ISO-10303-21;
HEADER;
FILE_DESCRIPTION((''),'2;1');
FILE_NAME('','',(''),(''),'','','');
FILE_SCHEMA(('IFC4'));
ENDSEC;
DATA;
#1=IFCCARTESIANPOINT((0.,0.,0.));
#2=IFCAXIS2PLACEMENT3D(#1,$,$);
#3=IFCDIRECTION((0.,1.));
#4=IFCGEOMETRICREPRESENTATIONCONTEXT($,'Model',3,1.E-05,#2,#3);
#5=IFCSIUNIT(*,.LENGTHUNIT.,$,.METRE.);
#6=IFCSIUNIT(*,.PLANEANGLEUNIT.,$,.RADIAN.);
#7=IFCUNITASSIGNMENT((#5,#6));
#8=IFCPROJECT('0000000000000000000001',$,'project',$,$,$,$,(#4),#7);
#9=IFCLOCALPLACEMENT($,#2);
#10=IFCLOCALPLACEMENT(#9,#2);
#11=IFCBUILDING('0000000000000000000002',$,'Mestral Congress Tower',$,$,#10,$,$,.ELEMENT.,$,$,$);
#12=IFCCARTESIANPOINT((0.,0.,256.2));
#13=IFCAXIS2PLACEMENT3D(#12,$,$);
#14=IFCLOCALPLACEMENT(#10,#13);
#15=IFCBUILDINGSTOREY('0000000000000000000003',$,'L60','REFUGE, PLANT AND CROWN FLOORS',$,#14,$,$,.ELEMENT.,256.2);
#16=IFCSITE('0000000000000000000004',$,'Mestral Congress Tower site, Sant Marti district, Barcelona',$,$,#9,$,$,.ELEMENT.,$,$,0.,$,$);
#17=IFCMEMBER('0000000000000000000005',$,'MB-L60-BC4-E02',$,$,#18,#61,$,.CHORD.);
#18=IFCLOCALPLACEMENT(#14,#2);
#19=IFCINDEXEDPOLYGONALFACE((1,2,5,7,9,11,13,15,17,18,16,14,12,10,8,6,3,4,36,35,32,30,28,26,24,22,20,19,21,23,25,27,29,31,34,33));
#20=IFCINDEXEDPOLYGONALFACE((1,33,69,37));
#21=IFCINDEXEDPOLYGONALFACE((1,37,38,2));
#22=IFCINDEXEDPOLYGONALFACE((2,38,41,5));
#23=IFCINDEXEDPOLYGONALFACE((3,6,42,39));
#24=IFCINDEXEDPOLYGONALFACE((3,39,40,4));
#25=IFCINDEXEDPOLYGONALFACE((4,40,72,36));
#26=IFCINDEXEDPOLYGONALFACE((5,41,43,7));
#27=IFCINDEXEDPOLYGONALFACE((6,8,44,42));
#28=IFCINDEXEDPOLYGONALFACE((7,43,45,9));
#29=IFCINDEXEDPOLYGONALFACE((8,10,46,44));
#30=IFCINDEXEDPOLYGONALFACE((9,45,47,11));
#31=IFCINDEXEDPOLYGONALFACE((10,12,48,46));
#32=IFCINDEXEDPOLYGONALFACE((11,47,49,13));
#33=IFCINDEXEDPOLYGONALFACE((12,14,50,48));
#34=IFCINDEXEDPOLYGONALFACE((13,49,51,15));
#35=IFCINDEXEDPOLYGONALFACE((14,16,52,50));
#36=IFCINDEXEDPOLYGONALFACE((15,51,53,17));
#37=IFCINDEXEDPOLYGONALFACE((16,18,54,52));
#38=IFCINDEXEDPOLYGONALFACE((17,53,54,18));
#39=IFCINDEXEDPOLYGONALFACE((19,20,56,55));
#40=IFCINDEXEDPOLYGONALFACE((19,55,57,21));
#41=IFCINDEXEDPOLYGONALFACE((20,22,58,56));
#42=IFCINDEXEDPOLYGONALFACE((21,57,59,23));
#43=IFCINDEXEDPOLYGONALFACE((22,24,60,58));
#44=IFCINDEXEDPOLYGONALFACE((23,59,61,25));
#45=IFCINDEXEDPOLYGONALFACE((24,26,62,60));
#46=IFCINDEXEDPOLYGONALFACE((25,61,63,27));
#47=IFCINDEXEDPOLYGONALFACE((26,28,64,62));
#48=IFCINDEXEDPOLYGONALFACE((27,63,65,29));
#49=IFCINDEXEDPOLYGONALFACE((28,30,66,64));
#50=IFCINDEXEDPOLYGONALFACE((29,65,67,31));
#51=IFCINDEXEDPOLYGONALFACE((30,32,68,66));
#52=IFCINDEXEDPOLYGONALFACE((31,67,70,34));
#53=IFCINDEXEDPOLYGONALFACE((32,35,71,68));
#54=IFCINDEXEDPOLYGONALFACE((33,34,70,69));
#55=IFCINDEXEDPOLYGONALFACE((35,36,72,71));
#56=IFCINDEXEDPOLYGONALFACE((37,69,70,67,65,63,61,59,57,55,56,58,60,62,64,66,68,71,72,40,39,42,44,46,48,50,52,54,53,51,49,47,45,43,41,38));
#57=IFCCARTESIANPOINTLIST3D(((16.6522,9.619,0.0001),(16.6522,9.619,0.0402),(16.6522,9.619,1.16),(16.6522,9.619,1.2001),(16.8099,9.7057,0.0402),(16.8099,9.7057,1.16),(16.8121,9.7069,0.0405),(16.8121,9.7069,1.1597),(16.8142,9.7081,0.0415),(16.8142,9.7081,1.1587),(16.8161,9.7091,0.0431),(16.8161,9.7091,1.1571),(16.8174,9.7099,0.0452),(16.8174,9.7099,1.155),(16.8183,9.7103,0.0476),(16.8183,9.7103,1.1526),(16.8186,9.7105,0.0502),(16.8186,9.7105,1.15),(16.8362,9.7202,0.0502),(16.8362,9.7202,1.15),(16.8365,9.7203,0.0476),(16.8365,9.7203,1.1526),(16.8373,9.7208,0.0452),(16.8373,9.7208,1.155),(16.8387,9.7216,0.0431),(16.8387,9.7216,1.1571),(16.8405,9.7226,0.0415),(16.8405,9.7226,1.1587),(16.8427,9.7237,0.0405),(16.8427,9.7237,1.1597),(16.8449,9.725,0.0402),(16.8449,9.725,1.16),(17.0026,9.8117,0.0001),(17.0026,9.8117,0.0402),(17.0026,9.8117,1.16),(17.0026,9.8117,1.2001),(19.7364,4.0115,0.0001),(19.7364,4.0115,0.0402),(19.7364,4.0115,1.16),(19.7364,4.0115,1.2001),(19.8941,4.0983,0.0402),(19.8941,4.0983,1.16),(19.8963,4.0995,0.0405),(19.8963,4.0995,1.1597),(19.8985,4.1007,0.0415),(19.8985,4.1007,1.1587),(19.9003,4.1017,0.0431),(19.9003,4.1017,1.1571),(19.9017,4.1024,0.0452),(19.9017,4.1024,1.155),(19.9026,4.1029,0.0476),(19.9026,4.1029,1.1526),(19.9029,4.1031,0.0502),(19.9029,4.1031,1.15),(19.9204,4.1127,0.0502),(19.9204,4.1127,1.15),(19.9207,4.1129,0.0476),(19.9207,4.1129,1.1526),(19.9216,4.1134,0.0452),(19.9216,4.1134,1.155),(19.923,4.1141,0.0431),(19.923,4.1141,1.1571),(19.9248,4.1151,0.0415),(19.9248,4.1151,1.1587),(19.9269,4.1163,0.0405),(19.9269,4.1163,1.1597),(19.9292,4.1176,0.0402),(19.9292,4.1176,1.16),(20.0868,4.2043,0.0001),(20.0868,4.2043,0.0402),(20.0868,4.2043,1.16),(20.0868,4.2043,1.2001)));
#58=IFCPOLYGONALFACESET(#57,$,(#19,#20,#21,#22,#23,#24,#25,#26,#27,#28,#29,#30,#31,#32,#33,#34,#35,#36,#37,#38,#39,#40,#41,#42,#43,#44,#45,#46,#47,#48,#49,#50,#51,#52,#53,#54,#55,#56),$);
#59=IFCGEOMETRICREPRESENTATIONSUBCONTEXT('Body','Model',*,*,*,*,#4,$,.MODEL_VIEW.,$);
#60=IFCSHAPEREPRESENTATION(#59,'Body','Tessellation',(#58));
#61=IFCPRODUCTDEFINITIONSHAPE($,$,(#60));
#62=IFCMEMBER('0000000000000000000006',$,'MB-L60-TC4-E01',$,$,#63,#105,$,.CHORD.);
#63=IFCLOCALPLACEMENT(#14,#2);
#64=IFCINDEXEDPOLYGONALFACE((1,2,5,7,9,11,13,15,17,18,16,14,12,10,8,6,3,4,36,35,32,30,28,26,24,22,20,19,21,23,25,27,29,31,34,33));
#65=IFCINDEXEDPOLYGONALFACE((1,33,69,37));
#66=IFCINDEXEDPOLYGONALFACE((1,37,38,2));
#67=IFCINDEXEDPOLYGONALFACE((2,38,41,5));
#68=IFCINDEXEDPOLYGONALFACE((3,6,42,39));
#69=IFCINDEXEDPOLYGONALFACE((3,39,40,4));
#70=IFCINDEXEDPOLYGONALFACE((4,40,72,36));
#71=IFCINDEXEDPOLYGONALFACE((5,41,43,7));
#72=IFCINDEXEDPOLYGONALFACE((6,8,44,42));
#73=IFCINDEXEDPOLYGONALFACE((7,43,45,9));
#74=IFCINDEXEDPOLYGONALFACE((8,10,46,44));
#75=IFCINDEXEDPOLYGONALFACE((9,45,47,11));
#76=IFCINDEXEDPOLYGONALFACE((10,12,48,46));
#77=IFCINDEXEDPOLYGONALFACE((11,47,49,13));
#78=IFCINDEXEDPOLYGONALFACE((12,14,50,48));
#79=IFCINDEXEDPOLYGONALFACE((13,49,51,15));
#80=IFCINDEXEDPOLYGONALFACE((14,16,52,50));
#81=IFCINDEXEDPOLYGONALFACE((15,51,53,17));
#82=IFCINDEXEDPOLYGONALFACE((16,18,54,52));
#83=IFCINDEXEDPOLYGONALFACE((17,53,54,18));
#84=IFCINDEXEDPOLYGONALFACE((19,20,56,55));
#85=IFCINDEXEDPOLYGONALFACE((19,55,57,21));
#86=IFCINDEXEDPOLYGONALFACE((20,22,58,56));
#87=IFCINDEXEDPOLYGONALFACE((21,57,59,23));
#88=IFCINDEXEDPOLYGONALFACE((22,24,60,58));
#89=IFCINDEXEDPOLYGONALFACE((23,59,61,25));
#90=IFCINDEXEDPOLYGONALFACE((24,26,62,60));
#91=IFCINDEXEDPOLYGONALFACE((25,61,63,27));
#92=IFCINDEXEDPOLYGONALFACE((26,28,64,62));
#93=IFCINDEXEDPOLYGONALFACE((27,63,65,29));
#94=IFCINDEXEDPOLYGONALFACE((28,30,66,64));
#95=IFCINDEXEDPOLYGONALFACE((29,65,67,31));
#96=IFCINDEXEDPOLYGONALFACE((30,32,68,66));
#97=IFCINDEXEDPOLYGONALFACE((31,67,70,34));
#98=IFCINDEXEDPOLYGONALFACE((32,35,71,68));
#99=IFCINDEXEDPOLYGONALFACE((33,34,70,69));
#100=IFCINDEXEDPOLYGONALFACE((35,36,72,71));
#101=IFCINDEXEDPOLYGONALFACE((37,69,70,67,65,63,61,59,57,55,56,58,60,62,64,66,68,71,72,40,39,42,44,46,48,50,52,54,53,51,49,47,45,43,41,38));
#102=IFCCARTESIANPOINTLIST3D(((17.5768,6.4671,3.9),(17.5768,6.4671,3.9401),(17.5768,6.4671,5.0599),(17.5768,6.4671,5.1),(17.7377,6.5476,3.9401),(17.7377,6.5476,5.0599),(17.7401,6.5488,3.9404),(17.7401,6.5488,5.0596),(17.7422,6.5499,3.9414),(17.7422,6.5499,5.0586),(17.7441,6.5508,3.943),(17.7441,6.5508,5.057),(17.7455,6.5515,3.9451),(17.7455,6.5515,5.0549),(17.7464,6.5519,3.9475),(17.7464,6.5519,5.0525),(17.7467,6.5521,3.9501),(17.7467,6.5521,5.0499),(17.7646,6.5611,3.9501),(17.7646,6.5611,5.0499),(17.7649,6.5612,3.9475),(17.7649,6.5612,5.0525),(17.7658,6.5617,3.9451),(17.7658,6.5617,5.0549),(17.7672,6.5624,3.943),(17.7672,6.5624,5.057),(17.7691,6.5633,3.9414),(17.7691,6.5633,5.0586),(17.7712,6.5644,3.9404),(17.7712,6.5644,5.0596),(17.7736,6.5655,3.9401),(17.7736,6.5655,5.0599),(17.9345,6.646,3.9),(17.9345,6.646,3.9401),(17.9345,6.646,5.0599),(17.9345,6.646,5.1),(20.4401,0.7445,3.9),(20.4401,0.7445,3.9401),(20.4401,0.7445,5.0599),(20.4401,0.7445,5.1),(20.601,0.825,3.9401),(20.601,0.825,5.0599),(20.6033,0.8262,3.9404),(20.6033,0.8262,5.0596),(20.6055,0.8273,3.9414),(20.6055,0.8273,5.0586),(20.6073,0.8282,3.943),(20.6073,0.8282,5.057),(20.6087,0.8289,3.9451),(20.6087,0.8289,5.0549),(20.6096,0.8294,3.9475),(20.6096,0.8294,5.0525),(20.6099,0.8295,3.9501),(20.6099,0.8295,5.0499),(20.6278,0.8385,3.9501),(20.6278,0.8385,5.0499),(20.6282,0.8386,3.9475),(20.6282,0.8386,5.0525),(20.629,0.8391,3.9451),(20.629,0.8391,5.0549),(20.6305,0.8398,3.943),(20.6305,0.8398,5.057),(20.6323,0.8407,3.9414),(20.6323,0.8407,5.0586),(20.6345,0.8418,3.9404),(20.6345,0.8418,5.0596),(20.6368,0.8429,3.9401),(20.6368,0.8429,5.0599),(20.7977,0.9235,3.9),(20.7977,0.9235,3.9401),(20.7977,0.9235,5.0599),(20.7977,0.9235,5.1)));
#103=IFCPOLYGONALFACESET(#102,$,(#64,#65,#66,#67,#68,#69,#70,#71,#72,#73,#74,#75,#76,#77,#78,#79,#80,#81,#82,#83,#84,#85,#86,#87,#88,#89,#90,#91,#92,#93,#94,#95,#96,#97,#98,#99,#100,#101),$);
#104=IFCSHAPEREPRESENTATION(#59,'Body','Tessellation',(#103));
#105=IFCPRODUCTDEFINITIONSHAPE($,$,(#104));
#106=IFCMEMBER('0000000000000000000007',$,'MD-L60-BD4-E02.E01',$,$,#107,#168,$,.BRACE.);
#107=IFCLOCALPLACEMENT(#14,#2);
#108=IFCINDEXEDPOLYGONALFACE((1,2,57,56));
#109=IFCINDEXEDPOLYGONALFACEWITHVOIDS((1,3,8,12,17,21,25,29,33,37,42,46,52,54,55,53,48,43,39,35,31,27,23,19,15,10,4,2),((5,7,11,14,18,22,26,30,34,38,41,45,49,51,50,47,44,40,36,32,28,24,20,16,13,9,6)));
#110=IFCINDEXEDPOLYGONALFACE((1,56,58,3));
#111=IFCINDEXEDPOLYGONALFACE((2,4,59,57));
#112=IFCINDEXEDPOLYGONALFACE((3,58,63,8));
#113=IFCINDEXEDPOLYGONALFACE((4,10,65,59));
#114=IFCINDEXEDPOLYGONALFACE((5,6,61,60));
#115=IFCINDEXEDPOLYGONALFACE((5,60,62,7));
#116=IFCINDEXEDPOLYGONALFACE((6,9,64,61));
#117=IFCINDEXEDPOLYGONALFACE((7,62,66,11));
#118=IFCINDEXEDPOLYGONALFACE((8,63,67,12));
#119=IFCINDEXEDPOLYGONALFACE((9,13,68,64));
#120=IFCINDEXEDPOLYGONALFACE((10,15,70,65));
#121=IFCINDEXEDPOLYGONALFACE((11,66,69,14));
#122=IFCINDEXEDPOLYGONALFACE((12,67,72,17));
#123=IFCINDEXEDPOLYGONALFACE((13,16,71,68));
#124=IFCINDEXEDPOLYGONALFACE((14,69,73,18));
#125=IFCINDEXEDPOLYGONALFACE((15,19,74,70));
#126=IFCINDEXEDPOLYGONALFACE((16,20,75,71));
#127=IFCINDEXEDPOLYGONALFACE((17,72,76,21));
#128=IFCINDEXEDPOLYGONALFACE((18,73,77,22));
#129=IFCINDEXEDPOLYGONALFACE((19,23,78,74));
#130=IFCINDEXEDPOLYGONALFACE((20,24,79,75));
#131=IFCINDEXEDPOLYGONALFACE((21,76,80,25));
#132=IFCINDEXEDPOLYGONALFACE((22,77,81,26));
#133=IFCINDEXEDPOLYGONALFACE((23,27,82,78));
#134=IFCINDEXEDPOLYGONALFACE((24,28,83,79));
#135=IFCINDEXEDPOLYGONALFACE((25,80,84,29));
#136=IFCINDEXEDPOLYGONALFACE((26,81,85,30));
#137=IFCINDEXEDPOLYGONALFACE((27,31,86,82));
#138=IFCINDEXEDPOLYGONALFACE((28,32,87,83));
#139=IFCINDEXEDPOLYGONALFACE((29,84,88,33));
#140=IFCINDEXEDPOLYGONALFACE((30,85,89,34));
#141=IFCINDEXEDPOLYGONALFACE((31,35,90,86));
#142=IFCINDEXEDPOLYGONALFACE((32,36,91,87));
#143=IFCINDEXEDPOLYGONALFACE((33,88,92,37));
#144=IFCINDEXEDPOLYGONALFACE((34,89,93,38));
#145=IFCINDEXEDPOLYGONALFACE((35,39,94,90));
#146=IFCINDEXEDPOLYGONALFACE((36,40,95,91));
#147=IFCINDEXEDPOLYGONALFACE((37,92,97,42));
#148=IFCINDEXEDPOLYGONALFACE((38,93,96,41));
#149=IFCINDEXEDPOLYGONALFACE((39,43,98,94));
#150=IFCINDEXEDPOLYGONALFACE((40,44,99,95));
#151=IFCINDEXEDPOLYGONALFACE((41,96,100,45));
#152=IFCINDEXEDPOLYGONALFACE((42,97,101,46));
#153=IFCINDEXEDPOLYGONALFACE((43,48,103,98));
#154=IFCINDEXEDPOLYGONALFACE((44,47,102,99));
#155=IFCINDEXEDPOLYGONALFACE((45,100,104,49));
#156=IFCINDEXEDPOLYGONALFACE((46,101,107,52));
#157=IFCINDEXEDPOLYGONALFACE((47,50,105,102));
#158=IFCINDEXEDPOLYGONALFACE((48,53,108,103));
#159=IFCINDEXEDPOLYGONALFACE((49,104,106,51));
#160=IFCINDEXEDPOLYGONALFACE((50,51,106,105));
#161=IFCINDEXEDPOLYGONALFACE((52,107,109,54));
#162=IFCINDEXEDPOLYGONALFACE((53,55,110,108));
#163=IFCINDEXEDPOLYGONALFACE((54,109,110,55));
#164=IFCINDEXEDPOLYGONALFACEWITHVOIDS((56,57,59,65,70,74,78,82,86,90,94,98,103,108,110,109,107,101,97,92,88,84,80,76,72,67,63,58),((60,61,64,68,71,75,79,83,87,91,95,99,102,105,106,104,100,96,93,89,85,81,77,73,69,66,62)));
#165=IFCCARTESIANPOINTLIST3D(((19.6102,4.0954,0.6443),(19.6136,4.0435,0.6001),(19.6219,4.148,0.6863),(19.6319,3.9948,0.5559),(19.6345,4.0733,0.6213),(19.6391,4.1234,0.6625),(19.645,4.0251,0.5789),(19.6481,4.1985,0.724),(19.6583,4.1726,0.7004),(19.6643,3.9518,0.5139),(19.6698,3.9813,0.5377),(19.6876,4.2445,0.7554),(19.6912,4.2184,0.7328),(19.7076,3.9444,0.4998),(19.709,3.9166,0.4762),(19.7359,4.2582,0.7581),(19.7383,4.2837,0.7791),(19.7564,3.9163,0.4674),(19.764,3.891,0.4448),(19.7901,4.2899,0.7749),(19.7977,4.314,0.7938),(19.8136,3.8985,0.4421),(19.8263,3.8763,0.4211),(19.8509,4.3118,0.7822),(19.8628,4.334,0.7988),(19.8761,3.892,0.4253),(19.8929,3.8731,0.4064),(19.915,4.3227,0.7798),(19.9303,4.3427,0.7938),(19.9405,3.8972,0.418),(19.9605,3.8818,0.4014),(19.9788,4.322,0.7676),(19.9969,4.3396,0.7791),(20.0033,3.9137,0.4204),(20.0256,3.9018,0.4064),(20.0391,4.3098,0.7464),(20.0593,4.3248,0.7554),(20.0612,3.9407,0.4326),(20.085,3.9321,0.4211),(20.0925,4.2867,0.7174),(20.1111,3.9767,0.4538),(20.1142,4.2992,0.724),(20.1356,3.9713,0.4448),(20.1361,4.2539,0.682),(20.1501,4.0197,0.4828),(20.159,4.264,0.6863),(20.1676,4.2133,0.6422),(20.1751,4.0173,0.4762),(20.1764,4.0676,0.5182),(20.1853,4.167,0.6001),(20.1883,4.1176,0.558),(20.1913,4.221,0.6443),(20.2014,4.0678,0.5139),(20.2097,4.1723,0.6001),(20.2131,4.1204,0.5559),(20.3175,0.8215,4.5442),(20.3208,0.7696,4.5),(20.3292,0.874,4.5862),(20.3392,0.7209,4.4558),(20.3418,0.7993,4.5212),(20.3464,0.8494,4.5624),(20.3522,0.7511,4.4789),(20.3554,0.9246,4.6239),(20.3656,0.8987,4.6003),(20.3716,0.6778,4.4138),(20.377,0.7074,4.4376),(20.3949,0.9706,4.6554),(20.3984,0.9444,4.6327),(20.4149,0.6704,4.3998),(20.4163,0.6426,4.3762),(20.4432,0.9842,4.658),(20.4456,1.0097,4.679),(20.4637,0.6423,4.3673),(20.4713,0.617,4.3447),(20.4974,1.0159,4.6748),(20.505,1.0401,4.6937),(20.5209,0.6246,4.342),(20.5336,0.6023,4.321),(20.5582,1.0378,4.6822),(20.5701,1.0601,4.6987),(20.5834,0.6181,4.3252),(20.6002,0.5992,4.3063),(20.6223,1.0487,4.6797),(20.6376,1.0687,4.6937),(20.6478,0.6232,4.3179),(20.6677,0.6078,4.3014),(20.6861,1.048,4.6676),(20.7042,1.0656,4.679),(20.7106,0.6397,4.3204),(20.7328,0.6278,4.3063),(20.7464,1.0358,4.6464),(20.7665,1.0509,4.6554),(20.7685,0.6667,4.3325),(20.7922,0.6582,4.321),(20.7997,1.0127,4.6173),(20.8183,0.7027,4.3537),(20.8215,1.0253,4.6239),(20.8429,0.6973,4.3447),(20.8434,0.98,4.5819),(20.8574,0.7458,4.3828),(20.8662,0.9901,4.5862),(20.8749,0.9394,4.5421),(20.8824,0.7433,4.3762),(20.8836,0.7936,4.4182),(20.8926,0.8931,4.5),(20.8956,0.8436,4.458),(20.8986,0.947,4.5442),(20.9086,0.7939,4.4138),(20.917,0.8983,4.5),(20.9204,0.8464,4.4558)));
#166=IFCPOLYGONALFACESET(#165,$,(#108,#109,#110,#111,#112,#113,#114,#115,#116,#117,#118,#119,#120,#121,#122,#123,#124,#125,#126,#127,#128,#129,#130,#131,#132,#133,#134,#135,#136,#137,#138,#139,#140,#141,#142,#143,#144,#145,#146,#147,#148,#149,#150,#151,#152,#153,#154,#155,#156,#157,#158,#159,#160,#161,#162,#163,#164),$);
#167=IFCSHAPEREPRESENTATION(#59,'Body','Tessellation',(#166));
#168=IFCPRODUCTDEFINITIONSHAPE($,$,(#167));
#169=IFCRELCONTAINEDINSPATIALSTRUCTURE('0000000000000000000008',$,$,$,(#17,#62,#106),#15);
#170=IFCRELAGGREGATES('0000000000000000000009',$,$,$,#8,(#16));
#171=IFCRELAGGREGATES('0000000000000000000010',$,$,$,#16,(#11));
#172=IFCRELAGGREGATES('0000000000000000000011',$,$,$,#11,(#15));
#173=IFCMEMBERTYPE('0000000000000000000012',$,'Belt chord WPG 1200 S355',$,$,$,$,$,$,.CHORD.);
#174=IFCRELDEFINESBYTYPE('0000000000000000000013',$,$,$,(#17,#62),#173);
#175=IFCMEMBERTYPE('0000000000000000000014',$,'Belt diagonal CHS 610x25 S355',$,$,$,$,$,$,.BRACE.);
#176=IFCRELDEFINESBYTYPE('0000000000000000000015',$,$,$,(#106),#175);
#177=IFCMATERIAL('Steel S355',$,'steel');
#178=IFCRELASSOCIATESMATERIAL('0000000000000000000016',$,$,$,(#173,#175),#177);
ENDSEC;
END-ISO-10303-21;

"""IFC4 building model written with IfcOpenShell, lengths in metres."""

from ifc_helpers import new_model, si_unit, direction, frame, origin, origin_2d, place, context, subcontext, project, spatial, hollow_circle, i_section, extrude, material, material_profile, profile_set, type_object, element, save


model = new_model("IFC4")

# Units and contexts
model_context = context("Model", 3, precision=1e-05, world=origin(), true_north=direction((0.0, 1.0)))
body_context = subcontext(model_context, "Body", "Model", "MODEL_VIEW")
ifc_project = project(units=[si_unit("LENGTHUNIT", "METRE"), si_unit("PLANEANGLEUNIT", "RADIAN")], contexts=[model_context])

# Site, building, storey
site_placement = place(None, origin())
site = spatial("IfcSite", under=ifc_project, at=site_placement, Name="Mestral Congress Tower site, Sant Marti district, Barcelona", CompositionType="ELEMENT", RefElevation=0.0)
building_placement = place(site_placement, origin())
building = spatial("IfcBuilding", under=site, at=building_placement, Name="Mestral Congress Tower", CompositionType="ELEMENT")
storey_placement = place(building_placement, frame((0.0, 0.0, 256.2)))
storey = spatial("IfcBuildingStorey", under=building, at=storey_placement, Name="L60", Description="REFUGE, PLANT AND CROWN FLOORS", CompositionType="ELEMENT", Elevation=256.2)

# Members
ifc_material_1 = material(Name="Steel S355", Category="steel")
ifc_material_profile_1 = material_profile(ifc_material_1, i_section(OverallWidth=0.3999, OverallDepth=1.2, WebThickness=0.02, FlangeThickness=0.04, FilletRadius=0.01, at=origin_2d()), Name="WPG 1200")
ifc_profile_set_1 = profile_set([ifc_material_profile_1], Name="Steel S355")
member_type_1 = type_object("IfcMemberType", Name="Belt chord WPG 1200 S355", PredefinedType="CHORD", material=ifc_profile_set_1)
member_1_placement = place(storey_placement, frame((19.9116, 4.1079, 0.6001), z_axis=(-0.481936, 0.876206, 0.0), x_axis=(-0.876206, -0.481936, 0.0)))
element("IfcMember", 1, at=member_1_placement, inside=storey, type_object=member_type_1, Name="MB-L60-BC4-E02", PredefinedType="CHORD", context=body_context, shape_type="SweptSolid", body=[
    extrude(i_section(OverallWidth=0.3999, OverallDepth=1.2, WebThickness=0.02, FlangeThickness=0.04, FilletRadius=0.01, at=origin_2d()), origin(), (0.0, 0.0, 1.0), 6.3997),
])
member_2_placement = place(storey_placement, frame((20.6189, 0.834, 4.5), z_axis=(-0.447458, 0.894305, 0.0), x_axis=(-0.894305, -0.447458, 0.0)))
element("IfcMember", 2, at=member_2_placement, inside=storey, type_object=member_type_1, Name="MB-L60-TC4-E01", PredefinedType="CHORD", context=body_context, shape_type="SweptSolid", body=[
    extrude(i_section(OverallWidth=0.3999, OverallDepth=1.2, WebThickness=0.02, FlangeThickness=0.04, FilletRadius=0.01, at=origin_2d()), origin(), (0.0, 0.0, 1.0), 6.3989),
])
ifc_material_profile_2 = material_profile(ifc_material_1, hollow_circle(Radius=0.3049, WallThickness=0.0249, at=origin_2d()), Name="CHS 610x25")
ifc_profile_set_2 = profile_set([ifc_material_profile_2], Name="Steel S355")
member_type_2 = type_object("IfcMemberType", Name="Belt diagonal CHS 610x25 S355", PredefinedType="BRACE", material=ifc_profile_set_2)
member_3_placement = place(storey_placement, frame((19.9116, 4.1079, 0.6001), z_axis=(0.13758, -0.636849, 0.758614), x_axis=(0.977451, 0.211162, 0.0)))
element("IfcMember", 3, at=member_3_placement, inside=storey, type_object=member_type_2, Name="MD-L60-BD4-E02.E01", PredefinedType="BRACE", context=body_context, shape_type="SweptSolid", body=[
    extrude(hollow_circle(Radius=0.3049, WallThickness=0.0249, at=origin_2d()), origin(), (0.0, 0.0, 1.0), 5.1409),
])

save(model, "model.ifc")
